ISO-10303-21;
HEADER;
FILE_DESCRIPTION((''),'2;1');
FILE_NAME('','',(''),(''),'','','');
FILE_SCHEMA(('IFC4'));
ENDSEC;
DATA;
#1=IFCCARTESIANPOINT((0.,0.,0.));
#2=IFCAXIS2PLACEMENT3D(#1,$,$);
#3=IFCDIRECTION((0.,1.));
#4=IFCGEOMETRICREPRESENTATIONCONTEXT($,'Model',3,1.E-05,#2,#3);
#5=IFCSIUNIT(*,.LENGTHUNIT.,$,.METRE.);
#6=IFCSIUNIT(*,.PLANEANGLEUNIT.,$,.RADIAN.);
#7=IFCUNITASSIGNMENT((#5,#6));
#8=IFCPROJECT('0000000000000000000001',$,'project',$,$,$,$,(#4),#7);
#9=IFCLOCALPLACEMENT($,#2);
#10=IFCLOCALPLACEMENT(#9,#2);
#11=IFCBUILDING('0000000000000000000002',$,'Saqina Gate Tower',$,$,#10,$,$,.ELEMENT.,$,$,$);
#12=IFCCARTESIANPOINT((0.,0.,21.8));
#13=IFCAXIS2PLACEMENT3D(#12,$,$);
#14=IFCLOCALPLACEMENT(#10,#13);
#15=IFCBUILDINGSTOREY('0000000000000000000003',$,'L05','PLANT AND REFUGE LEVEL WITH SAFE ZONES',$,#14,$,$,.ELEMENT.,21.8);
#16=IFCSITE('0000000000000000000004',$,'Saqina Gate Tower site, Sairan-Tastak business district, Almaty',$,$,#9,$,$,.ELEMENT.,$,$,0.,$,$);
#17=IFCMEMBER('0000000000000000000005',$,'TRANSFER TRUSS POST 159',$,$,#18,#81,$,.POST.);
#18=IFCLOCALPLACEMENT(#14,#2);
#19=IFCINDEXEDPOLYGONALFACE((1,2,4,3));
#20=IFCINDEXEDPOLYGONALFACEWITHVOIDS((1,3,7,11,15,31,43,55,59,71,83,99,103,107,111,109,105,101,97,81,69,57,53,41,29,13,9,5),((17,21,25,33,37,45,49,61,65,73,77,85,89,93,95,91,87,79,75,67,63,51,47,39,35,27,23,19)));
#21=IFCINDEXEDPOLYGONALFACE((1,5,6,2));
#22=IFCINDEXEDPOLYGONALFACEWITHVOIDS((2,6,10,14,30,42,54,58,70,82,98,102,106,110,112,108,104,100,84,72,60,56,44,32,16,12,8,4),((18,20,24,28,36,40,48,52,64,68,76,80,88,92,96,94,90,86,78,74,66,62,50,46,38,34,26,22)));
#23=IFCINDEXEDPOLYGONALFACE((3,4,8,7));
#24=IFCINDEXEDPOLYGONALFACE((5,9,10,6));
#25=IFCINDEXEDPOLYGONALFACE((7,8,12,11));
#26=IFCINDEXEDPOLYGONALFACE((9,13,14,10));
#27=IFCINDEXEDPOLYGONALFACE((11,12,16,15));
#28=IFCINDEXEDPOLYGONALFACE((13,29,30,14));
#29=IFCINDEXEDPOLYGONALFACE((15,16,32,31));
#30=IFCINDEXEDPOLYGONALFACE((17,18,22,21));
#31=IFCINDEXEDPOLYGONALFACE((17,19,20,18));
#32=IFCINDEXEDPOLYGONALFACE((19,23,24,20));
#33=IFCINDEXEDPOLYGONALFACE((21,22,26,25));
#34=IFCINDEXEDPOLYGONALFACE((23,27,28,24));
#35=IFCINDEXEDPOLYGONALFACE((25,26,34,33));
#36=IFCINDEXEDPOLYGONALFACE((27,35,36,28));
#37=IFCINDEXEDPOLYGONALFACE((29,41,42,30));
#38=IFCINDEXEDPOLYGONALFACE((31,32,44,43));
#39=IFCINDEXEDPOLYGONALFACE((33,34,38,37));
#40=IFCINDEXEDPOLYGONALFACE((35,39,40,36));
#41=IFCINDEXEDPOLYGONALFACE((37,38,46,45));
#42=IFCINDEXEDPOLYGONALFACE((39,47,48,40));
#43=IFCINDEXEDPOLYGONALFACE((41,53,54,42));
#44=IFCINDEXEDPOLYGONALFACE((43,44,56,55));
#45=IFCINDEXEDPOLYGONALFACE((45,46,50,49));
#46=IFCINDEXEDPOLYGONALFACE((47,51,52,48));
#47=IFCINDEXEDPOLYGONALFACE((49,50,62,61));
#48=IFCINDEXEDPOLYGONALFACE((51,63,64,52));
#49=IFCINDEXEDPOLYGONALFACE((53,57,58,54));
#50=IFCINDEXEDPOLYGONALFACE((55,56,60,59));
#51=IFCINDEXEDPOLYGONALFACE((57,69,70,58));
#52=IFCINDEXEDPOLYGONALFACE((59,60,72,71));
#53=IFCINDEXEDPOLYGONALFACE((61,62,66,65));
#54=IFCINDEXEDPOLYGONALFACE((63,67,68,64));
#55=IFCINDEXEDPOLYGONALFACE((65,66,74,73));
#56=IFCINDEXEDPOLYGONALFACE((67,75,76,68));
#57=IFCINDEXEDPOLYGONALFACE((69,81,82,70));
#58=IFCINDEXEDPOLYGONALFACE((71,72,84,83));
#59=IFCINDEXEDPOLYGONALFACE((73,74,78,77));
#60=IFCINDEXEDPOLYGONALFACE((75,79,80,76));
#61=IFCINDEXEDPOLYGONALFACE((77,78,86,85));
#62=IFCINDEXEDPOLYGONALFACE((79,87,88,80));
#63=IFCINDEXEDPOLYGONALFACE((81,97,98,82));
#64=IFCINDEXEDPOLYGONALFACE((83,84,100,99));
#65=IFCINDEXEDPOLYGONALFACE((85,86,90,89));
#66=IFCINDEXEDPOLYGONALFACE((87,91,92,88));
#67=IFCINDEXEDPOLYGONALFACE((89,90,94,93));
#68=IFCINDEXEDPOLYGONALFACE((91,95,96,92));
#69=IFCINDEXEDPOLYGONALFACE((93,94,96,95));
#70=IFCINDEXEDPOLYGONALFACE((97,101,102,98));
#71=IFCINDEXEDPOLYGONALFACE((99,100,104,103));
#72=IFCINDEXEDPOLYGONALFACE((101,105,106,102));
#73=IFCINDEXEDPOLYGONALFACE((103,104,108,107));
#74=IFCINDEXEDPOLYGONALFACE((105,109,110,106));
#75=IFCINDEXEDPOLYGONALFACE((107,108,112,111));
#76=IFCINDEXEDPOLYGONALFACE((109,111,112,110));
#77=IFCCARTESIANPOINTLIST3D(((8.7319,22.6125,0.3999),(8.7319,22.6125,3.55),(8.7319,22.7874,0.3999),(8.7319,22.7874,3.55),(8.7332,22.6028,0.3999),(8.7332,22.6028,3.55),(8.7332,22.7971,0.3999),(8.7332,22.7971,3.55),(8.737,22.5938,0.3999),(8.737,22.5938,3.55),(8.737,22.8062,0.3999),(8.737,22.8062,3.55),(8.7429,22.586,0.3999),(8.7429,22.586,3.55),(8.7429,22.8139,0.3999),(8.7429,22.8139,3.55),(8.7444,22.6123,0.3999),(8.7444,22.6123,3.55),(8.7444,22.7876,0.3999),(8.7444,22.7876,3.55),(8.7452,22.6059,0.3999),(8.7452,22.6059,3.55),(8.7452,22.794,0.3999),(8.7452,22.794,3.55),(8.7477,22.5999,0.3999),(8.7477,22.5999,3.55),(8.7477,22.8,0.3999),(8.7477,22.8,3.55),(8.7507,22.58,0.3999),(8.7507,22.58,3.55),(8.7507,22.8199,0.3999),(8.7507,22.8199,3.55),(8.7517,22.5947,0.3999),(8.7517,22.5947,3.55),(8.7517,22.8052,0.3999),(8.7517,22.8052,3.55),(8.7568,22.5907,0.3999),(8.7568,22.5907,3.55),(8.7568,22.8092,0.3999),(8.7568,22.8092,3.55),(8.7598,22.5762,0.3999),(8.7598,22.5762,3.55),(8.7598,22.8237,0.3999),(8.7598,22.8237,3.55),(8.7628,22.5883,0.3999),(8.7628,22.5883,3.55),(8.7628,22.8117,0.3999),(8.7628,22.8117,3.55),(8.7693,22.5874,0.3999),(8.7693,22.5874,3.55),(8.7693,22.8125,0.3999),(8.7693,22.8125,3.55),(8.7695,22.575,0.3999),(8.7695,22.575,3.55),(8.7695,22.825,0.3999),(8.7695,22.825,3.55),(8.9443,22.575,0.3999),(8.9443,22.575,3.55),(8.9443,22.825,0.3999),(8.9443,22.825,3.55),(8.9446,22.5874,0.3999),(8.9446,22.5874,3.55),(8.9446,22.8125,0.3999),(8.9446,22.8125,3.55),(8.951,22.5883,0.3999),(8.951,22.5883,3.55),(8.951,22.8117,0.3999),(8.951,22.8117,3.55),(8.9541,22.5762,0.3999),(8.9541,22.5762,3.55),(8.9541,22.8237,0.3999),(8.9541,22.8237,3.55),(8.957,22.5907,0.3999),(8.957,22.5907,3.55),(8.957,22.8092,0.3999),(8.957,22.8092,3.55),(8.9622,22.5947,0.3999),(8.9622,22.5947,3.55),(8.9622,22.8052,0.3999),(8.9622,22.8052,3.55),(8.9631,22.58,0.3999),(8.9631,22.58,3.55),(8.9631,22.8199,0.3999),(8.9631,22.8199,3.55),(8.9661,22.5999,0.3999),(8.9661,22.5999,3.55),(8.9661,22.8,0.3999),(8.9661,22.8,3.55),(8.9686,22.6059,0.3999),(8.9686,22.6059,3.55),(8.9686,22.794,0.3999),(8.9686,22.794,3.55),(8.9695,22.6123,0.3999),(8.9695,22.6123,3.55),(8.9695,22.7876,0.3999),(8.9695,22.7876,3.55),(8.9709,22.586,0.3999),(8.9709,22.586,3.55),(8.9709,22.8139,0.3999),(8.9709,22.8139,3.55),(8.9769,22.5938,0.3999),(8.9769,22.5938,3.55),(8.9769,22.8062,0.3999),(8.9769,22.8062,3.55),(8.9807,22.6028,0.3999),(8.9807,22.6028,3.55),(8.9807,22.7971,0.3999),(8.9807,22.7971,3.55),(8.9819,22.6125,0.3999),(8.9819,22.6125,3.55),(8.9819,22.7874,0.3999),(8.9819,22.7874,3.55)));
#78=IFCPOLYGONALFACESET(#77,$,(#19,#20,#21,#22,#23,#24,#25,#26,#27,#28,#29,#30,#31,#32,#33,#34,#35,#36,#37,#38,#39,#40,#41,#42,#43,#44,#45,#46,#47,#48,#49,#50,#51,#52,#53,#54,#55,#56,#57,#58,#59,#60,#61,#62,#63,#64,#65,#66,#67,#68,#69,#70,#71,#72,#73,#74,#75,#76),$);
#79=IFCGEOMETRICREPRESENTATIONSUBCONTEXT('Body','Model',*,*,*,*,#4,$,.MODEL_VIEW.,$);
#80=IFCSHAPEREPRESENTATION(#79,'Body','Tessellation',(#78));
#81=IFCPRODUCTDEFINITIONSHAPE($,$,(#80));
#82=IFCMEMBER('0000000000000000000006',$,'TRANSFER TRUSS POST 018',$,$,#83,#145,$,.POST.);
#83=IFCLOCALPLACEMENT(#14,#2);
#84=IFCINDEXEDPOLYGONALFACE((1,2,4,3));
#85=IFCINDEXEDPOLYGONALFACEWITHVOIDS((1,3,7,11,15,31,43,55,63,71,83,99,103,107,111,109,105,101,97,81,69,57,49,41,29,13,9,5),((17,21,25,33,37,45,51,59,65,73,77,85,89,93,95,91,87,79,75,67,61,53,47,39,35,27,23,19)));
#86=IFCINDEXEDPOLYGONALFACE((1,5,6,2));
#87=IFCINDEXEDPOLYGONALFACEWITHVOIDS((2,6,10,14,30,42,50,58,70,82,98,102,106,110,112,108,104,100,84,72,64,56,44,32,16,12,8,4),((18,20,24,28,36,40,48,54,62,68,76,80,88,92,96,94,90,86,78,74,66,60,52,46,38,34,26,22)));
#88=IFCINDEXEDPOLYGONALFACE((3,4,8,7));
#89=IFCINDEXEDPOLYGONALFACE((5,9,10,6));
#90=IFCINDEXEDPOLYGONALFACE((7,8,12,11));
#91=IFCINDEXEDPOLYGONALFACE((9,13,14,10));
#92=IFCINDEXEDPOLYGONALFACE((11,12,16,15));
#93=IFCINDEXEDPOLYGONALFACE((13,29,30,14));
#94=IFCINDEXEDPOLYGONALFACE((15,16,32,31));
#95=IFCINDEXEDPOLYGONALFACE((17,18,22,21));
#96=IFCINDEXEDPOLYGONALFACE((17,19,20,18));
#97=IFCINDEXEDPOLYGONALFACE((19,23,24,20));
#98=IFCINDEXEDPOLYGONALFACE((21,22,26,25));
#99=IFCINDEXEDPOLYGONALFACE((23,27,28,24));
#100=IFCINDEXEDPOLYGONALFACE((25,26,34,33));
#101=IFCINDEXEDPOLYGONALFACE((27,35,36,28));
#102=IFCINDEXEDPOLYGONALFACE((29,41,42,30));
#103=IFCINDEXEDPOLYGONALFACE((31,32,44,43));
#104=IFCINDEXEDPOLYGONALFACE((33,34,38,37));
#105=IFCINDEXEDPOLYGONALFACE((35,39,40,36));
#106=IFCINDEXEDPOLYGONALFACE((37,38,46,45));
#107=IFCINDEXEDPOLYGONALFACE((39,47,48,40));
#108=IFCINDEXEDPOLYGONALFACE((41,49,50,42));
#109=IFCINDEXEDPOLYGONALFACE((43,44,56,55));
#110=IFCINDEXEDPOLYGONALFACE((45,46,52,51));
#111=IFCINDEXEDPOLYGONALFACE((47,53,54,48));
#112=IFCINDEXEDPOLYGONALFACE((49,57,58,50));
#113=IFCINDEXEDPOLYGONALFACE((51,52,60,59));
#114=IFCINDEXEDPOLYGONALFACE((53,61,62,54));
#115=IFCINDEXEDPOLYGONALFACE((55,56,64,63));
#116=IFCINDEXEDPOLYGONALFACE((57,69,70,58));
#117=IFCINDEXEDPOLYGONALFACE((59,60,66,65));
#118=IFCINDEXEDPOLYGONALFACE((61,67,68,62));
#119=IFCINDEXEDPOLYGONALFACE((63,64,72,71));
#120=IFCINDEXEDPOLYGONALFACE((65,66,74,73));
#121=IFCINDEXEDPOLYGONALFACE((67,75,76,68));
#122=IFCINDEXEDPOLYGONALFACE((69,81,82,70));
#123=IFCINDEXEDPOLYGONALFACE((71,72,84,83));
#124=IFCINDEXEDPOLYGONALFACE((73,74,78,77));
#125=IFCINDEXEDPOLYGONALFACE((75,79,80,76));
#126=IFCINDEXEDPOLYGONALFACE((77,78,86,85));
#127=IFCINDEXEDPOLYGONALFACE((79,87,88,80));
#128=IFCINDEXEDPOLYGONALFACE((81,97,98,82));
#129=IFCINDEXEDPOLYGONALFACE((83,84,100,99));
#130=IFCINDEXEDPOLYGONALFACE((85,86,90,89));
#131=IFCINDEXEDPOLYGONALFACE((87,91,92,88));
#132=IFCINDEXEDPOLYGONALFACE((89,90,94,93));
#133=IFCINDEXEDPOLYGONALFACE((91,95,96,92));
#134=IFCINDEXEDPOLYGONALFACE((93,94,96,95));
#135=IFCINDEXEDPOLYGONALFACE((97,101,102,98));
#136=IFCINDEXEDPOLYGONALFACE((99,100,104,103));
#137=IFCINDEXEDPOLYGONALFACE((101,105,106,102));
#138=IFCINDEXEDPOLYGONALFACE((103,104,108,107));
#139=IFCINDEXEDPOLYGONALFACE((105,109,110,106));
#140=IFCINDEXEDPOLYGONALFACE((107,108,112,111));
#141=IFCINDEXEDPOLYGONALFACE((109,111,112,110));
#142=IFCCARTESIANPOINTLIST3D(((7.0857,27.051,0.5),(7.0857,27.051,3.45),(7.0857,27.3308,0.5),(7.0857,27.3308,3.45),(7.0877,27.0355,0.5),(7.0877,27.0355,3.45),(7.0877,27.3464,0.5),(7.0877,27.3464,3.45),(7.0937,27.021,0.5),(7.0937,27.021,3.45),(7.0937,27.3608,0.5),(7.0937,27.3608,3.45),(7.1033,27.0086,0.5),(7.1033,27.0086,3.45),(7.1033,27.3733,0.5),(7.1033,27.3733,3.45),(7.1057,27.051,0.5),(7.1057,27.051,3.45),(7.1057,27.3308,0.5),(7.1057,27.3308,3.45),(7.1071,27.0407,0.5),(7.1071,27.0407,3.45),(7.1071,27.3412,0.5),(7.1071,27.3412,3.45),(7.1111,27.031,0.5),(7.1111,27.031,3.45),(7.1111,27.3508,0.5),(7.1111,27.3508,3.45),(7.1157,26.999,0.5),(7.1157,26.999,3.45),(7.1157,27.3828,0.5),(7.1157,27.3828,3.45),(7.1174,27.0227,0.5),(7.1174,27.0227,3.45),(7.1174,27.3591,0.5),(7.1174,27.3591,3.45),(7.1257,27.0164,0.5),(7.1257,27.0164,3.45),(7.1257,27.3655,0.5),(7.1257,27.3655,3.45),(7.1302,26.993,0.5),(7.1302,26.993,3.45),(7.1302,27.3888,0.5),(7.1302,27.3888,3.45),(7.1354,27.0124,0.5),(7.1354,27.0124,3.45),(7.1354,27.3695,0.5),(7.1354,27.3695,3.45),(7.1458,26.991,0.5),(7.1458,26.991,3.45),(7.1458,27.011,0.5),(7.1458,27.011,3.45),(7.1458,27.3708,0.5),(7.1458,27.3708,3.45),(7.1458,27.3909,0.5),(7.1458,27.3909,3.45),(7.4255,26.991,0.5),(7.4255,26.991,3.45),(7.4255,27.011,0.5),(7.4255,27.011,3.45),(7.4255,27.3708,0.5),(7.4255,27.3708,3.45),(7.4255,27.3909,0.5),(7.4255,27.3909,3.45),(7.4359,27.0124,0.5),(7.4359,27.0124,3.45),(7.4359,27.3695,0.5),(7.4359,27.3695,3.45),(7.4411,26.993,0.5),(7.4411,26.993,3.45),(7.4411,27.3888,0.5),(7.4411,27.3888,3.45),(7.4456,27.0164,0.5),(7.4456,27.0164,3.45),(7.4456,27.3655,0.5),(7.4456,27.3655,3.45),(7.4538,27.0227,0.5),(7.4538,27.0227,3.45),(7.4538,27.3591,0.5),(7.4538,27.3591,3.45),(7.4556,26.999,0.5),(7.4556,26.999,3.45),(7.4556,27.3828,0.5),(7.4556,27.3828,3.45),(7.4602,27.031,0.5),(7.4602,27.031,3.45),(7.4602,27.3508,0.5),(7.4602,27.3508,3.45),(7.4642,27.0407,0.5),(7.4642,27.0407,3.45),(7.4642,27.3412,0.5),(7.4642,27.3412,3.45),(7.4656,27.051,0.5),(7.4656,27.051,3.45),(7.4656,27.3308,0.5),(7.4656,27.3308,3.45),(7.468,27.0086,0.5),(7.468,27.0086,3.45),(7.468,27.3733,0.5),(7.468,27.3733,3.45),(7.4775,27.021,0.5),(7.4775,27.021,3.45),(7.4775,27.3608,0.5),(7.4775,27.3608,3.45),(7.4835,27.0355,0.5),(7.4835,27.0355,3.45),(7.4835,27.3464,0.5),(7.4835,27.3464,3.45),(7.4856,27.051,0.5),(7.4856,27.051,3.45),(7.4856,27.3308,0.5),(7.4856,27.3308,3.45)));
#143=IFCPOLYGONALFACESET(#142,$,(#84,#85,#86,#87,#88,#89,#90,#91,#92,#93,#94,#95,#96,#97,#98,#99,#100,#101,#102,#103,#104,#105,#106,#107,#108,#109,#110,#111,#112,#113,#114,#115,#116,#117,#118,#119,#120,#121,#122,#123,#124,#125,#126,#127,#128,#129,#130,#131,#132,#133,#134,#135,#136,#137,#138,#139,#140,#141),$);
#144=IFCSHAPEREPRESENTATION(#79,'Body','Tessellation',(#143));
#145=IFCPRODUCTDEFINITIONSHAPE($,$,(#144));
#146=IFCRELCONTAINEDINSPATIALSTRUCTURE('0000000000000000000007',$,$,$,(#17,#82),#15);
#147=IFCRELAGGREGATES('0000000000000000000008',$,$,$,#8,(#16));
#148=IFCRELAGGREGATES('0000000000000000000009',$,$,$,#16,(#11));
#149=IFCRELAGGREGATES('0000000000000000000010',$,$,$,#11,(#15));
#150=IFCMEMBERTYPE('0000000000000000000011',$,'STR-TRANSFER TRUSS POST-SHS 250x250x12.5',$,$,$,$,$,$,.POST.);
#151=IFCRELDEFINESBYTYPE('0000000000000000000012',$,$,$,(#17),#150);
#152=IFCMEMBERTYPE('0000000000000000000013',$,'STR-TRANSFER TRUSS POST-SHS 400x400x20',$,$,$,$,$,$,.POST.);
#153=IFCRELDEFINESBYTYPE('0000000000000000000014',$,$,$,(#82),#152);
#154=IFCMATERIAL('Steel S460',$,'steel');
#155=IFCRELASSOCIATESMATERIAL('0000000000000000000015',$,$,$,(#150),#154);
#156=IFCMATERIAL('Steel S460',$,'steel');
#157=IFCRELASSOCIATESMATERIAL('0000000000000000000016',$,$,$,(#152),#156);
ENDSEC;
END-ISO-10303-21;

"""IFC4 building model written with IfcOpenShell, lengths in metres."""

from ifc_helpers import new_model, si_unit, direction, frame, origin, origin_2d, place, context, subcontext, project, spatial, hollow_rectangle, extrude, material, material_profile, profile_set, type_object, element, save


model = new_model("IFC4")

# Units and contexts
model_context = context("Model", 3, precision=1e-05, world=origin(), true_north=direction((0.0, 1.0)))
body_context = subcontext(model_context, "Body", "Model", "MODEL_VIEW")
ifc_project = project(units=[si_unit("LENGTHUNIT", "METRE"), si_unit("PLANEANGLEUNIT", "RADIAN")], contexts=[model_context])

# Site, building, storey
site_placement = place(None, origin())
site = spatial("IfcSite", under=ifc_project, at=site_placement, Name="Saqina Gate Tower site, Sairan-Tastak business district, Almaty", CompositionType="ELEMENT", RefElevation=0.0)
building_placement = place(site_placement, origin())
building = spatial("IfcBuilding", under=site, at=building_placement, Name="Saqina Gate Tower", CompositionType="ELEMENT")
storey_placement = place(building_placement, frame((0.0, 0.0, 21.8)))
storey = spatial("IfcBuildingStorey", under=building, at=storey_placement, Name="L05", Description="PLANT AND REFUGE LEVEL WITH SAFE ZONES", CompositionType="ELEMENT", Elevation=21.8)

# Members
ifc_material_1 = material(Name="Steel S460", Category="steel")
ifc_material_profile_1 = material_profile(ifc_material_1, hollow_rectangle(XDim=0.25, YDim=0.25, WallThickness=0.0125, InnerFilletRadius=0.0249, OuterFilletRadius=0.0376, at=origin_2d()), Name="SHS 250x250x12.5")
ifc_profile_set_1 = profile_set([ifc_material_profile_1], Name="Steel S460")
member_type_1 = type_object("IfcMemberType", Name="STR-TRANSFER TRUSS POST-SHS 250x250x12.5", PredefinedType="POST", material=ifc_profile_set_1)
for number, where, z_axis, x_axis, name in (
    (1, (8.8569, 22.7, 0.3999), (0.0, 0.0, 1.0), (1.0, 0.0, 0.0), "TRANSFER TRUSS POST 159"),
):
    element("IfcMember", number, at=place(storey_placement, frame(where, z_axis=z_axis, x_axis=x_axis)), inside=storey, type_object=member_type_1, Name=name, PredefinedType="POST", context=body_context, shape_type="SweptSolid", body=[
        extrude(hollow_rectangle(XDim=0.25, YDim=0.25, WallThickness=0.0125, InnerFilletRadius=0.0249, OuterFilletRadius=0.0376, at=origin_2d()), origin(), (0.0, 0.0, 1.0), 3.1501),
    ])
ifc_material_2 = material(Name="Steel S460", Category="steel")
ifc_material_profile_2 = material_profile(ifc_material_2, hollow_rectangle(XDim=0.3999, YDim=0.3999, WallThickness=0.02, InnerFilletRadius=0.04, OuterFilletRadius=0.0601, at=origin_2d()), Name="SHS 400x400x20")
ifc_profile_set_2 = profile_set([ifc_material_profile_2], Name="Steel S460")
member_type_2 = type_object("IfcMemberType", Name="STR-TRANSFER TRUSS POST-SHS 400x400x20", PredefinedType="POST", material=ifc_profile_set_2)
for number, where, z_axis, x_axis, name in (
    (2, (7.2856, 27.1909, 0.5), (0.0, 0.0, 1.0), (1.0, 0.0, 0.0), "TRANSFER TRUSS POST 018"),
):
    element("IfcMember", number, at=place(storey_placement, frame(where, z_axis=z_axis, x_axis=x_axis)), inside=storey, type_object=member_type_2, Name=name, PredefinedType="POST", context=body_context, shape_type="SweptSolid", body=[
        extrude(hollow_rectangle(XDim=0.3999, YDim=0.3999, WallThickness=0.02, InnerFilletRadius=0.04, OuterFilletRadius=0.0601, at=origin_2d()), origin(), (0.0, 0.0, 1.0), 2.95),
    ])

save(model, "model.ifc")
